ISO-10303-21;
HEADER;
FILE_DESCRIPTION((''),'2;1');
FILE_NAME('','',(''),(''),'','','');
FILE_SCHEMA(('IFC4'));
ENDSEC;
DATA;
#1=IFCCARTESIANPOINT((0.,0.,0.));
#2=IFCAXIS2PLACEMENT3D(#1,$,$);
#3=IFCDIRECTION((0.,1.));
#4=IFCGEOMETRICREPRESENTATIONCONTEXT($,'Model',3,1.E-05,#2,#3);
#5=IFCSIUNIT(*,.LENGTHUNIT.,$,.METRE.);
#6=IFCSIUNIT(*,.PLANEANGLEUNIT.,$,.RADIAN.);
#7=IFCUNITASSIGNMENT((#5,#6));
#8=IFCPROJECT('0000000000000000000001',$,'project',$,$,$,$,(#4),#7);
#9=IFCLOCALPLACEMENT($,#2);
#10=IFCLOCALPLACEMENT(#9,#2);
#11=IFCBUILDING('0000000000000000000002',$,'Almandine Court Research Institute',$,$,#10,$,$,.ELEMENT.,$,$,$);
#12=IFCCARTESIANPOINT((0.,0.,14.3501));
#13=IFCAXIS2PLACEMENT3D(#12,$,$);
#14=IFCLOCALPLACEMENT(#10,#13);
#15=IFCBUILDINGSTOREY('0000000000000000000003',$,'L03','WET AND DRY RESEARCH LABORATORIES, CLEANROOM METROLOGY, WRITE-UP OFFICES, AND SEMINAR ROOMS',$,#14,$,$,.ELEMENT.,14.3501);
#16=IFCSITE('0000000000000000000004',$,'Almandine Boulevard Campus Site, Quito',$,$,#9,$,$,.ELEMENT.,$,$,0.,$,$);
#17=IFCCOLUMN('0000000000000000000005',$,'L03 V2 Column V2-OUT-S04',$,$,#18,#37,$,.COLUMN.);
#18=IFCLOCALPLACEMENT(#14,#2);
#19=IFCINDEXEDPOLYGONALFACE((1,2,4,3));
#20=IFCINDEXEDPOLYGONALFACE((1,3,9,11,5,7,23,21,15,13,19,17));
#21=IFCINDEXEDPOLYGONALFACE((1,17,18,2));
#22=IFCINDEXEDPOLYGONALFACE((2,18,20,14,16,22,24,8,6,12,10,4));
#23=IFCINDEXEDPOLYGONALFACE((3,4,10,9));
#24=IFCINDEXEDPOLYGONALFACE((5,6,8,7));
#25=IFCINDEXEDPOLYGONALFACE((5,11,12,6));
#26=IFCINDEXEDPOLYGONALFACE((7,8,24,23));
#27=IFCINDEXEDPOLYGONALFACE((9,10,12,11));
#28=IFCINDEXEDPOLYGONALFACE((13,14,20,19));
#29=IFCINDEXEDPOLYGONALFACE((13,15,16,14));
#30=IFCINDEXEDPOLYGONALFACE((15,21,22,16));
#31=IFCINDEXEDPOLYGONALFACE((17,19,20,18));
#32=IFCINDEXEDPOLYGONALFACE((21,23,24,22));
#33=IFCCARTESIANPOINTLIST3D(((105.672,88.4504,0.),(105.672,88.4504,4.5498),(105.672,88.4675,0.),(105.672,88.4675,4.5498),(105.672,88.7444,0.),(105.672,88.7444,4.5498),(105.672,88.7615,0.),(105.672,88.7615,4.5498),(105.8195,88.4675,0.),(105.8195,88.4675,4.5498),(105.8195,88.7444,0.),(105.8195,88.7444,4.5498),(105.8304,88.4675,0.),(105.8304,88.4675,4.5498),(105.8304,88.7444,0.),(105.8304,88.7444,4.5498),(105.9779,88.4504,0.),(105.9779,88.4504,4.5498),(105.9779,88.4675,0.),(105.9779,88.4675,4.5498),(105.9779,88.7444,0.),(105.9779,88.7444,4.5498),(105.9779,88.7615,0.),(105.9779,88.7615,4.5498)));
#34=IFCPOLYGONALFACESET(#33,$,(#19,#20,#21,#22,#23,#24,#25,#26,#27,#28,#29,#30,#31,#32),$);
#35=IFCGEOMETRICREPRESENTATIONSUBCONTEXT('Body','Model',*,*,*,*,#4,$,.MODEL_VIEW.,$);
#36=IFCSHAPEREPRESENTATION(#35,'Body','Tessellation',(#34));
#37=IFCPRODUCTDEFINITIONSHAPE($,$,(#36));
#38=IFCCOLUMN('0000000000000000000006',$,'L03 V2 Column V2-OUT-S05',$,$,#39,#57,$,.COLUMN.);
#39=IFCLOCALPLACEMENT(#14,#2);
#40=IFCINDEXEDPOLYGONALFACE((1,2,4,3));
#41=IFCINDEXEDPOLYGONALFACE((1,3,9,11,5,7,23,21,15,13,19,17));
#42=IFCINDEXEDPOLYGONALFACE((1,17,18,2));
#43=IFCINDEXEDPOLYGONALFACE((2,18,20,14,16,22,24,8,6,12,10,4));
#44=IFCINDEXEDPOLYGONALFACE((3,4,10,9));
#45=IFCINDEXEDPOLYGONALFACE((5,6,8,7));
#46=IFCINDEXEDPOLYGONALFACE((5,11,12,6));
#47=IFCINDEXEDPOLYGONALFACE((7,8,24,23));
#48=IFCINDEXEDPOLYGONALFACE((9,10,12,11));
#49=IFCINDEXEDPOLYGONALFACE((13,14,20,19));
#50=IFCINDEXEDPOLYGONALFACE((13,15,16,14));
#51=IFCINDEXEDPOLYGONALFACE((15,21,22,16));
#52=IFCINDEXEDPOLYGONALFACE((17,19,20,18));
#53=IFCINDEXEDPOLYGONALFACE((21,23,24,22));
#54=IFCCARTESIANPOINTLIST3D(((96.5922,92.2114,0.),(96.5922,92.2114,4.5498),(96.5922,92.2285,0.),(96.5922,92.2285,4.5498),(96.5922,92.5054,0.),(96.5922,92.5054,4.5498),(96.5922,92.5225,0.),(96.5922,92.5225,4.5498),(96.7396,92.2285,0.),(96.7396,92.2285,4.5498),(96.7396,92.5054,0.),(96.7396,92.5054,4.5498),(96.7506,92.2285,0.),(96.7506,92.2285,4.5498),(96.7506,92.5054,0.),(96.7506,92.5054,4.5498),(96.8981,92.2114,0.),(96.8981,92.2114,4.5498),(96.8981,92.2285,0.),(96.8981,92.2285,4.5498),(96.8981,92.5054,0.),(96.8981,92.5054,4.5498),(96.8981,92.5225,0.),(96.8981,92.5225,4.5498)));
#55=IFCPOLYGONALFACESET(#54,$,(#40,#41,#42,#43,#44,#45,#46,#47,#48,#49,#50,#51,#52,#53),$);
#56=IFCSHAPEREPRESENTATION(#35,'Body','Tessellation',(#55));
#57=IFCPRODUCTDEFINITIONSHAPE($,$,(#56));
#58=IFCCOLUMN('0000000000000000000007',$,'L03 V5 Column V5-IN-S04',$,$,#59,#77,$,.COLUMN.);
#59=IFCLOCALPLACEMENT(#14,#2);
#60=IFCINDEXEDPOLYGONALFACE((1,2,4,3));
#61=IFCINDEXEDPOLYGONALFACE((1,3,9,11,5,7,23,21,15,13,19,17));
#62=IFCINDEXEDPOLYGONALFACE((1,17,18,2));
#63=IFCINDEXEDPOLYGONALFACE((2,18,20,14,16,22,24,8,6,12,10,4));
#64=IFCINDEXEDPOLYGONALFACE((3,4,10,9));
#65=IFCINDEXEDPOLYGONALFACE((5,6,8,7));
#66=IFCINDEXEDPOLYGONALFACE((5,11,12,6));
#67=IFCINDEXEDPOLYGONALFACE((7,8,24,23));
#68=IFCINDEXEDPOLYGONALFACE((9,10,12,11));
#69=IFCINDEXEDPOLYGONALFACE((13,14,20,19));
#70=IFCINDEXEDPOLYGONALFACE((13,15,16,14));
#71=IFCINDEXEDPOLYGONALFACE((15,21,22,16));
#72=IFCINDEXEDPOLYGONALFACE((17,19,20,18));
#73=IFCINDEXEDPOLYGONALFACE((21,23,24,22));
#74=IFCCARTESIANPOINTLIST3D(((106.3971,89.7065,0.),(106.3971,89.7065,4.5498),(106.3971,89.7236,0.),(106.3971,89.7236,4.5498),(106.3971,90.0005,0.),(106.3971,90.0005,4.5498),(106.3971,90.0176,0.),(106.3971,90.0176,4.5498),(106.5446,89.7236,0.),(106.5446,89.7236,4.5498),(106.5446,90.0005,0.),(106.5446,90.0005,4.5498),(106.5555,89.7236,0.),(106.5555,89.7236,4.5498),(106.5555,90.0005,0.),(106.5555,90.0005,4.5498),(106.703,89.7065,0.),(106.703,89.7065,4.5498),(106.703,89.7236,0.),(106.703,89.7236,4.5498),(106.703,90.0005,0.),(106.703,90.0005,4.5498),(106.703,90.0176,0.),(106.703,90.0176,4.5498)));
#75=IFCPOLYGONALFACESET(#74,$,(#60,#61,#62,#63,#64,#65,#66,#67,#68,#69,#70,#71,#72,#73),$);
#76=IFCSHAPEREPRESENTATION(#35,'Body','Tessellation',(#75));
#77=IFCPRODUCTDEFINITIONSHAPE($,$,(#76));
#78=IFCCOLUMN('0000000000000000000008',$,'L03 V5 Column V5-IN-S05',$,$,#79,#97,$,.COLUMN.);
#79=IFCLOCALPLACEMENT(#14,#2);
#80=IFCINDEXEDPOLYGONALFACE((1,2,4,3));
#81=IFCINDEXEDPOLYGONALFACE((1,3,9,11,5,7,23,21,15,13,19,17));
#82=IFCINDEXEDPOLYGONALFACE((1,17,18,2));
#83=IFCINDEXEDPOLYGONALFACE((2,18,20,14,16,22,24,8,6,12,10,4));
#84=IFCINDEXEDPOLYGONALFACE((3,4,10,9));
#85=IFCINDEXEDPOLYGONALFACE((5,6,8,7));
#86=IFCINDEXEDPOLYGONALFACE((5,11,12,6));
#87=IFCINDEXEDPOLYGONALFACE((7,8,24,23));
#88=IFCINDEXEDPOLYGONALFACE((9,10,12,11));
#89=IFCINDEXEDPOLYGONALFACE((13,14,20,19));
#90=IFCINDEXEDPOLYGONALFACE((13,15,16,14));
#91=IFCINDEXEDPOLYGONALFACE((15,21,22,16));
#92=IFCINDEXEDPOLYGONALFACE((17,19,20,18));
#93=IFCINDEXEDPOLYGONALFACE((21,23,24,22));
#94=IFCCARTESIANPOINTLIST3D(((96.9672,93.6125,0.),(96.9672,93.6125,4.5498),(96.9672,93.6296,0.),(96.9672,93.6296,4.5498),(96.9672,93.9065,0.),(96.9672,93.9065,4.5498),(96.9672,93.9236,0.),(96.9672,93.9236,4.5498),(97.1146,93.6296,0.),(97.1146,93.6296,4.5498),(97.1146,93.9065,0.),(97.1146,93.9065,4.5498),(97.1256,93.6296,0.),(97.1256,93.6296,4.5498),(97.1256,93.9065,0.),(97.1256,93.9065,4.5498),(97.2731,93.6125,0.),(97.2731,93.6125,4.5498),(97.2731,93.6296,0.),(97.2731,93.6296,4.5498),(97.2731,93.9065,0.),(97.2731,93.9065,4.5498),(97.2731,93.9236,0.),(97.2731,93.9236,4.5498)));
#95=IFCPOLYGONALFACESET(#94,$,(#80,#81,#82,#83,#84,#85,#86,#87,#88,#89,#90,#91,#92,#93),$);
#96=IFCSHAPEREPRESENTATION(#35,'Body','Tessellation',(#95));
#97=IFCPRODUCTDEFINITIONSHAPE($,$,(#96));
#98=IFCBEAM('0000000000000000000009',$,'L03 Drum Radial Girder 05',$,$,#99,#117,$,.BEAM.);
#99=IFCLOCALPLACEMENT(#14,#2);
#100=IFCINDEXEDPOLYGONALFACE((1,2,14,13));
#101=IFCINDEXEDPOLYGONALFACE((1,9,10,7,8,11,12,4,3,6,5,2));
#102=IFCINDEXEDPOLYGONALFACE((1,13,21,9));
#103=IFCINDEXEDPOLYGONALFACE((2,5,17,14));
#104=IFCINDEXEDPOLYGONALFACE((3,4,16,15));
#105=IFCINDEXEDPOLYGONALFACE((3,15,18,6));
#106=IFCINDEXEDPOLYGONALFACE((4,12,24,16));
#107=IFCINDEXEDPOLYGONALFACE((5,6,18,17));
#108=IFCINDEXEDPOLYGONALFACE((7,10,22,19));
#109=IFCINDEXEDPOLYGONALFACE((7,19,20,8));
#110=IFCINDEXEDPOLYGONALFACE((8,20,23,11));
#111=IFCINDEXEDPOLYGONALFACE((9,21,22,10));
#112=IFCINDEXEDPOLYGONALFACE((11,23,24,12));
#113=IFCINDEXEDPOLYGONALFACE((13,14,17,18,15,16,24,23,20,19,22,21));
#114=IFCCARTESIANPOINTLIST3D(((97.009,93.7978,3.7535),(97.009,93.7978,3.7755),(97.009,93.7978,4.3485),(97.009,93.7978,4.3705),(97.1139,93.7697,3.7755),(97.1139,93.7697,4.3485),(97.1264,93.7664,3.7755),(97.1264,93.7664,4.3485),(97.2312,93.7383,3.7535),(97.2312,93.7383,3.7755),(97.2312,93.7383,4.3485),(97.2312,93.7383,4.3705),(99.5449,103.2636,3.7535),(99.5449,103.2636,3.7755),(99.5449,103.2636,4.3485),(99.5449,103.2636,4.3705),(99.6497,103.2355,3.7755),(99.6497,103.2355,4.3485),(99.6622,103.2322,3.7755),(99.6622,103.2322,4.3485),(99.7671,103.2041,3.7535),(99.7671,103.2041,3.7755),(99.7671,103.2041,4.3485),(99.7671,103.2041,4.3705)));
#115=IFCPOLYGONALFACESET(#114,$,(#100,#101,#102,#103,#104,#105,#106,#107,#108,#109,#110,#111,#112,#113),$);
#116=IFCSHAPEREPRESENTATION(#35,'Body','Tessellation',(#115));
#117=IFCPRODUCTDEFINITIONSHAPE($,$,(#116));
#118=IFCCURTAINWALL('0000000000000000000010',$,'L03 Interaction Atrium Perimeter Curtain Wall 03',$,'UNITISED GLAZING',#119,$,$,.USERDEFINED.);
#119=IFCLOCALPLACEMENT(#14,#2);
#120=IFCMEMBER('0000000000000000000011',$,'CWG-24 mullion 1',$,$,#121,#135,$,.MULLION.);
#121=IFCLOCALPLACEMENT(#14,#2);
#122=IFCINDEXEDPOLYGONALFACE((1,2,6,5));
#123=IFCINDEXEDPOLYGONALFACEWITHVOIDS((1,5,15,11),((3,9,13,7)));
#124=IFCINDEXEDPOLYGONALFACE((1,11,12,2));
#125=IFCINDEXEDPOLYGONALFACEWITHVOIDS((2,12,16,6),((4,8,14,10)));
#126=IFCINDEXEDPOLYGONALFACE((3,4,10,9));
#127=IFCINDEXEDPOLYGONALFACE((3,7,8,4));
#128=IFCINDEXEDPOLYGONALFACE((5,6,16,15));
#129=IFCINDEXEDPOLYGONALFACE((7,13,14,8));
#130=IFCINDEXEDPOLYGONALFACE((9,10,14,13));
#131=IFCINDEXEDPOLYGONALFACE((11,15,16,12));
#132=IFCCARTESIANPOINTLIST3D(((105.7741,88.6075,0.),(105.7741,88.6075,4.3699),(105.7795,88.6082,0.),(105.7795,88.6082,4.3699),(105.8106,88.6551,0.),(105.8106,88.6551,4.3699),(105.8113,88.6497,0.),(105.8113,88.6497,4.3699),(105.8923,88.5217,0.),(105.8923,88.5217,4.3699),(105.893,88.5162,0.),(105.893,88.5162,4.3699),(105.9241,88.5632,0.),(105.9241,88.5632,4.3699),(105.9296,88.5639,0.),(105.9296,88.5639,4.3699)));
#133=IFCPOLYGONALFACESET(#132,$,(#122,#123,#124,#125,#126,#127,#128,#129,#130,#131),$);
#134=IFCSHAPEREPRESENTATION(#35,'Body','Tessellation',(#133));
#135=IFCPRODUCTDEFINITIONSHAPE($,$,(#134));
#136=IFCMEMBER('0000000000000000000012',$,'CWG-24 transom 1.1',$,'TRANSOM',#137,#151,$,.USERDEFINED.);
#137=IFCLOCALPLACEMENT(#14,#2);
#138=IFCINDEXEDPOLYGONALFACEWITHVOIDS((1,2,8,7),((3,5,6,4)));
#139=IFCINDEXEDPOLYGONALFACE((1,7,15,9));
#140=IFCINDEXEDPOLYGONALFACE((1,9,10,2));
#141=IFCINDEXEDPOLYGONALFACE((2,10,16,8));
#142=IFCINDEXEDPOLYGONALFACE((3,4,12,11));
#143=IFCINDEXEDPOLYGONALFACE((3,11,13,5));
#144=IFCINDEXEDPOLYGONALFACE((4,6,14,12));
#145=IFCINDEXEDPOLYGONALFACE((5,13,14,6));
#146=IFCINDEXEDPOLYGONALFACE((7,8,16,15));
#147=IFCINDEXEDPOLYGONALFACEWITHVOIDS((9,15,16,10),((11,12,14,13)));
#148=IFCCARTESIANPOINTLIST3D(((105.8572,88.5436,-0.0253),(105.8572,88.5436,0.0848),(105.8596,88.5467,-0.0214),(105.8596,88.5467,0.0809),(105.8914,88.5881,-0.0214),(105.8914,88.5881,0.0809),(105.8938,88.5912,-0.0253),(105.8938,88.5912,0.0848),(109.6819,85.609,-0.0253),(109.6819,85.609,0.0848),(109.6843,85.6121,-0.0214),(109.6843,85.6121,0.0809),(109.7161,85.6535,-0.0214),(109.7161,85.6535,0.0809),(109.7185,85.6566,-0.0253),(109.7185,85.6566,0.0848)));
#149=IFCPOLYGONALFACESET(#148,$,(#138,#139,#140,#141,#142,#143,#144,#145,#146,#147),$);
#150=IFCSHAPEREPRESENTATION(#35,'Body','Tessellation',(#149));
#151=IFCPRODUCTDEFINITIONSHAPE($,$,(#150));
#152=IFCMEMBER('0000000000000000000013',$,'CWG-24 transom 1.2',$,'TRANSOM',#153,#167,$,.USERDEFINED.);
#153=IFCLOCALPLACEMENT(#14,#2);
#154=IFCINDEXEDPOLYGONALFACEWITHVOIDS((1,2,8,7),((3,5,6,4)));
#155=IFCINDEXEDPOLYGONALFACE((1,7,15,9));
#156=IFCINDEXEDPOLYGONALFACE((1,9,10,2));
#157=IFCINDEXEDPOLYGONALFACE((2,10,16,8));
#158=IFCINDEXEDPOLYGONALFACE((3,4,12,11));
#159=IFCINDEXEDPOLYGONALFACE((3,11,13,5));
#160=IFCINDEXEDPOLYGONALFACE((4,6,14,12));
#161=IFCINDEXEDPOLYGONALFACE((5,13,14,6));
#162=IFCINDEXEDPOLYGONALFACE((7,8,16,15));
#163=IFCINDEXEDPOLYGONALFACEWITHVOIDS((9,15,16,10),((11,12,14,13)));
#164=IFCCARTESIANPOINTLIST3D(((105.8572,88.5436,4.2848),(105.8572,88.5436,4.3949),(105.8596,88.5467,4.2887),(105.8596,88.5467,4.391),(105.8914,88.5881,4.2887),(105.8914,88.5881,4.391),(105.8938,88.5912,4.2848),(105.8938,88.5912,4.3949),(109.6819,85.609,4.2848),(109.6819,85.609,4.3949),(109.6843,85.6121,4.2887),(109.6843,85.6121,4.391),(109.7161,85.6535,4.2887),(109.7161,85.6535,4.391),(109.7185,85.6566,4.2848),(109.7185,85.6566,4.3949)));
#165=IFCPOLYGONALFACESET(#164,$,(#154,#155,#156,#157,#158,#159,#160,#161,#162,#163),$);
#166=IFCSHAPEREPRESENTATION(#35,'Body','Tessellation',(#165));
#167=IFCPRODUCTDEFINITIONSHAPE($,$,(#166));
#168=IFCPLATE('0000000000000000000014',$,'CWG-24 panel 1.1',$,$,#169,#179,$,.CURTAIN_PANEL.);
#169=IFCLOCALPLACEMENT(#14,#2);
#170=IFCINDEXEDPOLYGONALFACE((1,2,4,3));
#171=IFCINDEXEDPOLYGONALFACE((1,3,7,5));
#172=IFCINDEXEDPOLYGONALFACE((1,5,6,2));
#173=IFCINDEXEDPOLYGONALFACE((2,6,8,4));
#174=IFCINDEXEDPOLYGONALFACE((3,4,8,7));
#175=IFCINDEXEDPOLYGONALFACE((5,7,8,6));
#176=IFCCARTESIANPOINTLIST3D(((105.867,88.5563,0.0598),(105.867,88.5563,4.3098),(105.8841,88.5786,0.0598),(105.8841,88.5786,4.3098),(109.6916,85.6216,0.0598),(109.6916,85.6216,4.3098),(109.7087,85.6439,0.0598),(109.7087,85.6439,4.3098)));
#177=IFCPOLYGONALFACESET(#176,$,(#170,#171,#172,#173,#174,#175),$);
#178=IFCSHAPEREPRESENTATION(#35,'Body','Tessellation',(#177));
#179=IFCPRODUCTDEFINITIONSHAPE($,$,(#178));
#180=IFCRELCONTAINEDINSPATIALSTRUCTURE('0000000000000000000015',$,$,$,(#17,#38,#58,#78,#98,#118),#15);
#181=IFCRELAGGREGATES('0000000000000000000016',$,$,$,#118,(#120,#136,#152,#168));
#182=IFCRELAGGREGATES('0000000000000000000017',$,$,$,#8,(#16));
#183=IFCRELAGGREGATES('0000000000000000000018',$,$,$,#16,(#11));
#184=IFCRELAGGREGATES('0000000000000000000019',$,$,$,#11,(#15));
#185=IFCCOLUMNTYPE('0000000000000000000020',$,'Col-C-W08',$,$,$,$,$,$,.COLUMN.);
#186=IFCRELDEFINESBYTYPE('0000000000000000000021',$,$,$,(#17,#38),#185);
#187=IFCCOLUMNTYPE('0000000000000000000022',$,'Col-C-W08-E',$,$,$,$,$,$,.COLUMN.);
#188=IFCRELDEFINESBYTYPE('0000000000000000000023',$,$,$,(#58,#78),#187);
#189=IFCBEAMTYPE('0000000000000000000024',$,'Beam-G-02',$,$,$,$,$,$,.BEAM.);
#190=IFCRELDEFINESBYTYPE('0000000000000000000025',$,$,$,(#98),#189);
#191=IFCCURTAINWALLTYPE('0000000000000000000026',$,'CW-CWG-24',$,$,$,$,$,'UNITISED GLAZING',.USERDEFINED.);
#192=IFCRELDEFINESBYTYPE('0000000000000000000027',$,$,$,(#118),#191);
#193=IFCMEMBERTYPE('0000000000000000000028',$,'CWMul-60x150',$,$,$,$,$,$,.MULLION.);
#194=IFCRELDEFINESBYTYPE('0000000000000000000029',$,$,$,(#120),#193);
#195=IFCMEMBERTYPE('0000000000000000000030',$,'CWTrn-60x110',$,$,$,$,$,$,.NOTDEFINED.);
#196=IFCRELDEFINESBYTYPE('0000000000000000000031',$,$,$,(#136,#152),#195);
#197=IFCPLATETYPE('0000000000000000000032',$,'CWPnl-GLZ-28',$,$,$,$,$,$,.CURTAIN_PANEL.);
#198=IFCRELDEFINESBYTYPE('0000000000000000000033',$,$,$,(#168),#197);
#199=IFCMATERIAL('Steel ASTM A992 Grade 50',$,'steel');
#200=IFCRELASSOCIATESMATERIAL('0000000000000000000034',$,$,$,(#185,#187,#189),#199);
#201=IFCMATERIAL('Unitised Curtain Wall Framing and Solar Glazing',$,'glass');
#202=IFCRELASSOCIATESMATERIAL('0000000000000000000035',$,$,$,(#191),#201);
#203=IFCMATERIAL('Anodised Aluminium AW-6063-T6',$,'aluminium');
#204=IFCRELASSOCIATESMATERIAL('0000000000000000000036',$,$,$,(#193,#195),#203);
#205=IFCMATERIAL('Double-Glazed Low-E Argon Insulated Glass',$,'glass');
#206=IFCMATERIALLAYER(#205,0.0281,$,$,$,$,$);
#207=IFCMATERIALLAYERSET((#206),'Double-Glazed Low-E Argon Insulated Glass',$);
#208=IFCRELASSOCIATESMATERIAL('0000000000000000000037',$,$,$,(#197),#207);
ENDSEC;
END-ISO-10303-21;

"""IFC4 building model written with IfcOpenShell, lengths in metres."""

from ifc_helpers import new_model, si_unit, direction, frame, origin, origin_2d, place, context, subcontext, project, spatial, rectangle, hollow_rectangle, i_section, extrude, material, layer, layer_set, material_profile, profile_set, type_object, element, aggregate, save


model = new_model("IFC4")

# Units and contexts
model_context = context("Model", 3, precision=1e-05, world=origin(), true_north=direction((0.0, 1.0)))
body_context = subcontext(model_context, "Body", "Model", "MODEL_VIEW")
ifc_project = project(units=[si_unit("LENGTHUNIT", "METRE"), si_unit("PLANEANGLEUNIT", "RADIAN")], contexts=[model_context])

# Site, building, storey
site_placement = place(None, origin())
site = spatial("IfcSite", under=ifc_project, at=site_placement, Name="Almandine Boulevard Campus Site, Quito", CompositionType="ELEMENT", RefElevation=0.0)
building_placement = place(site_placement, origin())
building = spatial("IfcBuilding", under=site, at=building_placement, Name="Almandine Court Research Institute", CompositionType="ELEMENT")
storey_placement = place(building_placement, frame((0.0, 0.0, 14.3501)))
storey = spatial("IfcBuildingStorey", under=building, at=storey_placement, Name="L03", Description="WET AND DRY RESEARCH LABORATORIES, CLEANROOM METROLOGY, WRITE-UP OFFICES, AND SEMINAR ROOMS", CompositionType="ELEMENT", Elevation=14.3501)

# Columns
ifc_material_1 = material(Name="Steel ASTM A992 Grade 50", Category="steel")
ifc_material_profile_1 = material_profile(ifc_material_1, i_section(OverallWidth=0.3059, OverallDepth=0.311, WebThickness=0.011, FlangeThickness=0.0171, at=origin_2d()), Name="W310x107")
ifc_profile_set_1 = profile_set([ifc_material_profile_1], Name="Steel ASTM A992 Grade 50")
column_type_1 = type_object("IfcColumnType", Name="Col-C-W08", PredefinedType="COLUMN", material=ifc_profile_set_1)
for number, where, z_axis, x_axis, name in (
    (1, (105.825, 88.606, 0.0), (0.0, 0.0, 1.0), (1.0, 0.0, 0.0), "L03 V2 Column V2-OUT-S04"),
    (2, (96.7451, 92.3669, 0.0), (0.0, 0.0, 1.0), (1.0, 0.0, 0.0), "L03 V2 Column V2-OUT-S05"),
):
    element("IfcColumn", number, at=place(storey_placement, frame(where, z_axis=z_axis, x_axis=x_axis)), inside=storey, type_object=column_type_1, Name=name, PredefinedType="COLUMN", context=body_context, shape_type="SweptSolid", body=[
        extrude(i_section(OverallWidth=0.3059, OverallDepth=0.311, WebThickness=0.011, FlangeThickness=0.0171, at=origin_2d()), origin(), (0.0, 0.0, 1.0), 4.5498),
    ])
ifc_material_profile_2 = material_profile(ifc_material_1, i_section(OverallWidth=0.3059, OverallDepth=0.311, WebThickness=0.011, FlangeThickness=0.0171, at=origin_2d()), Name="W310x107")
ifc_profile_set_2 = profile_set([ifc_material_profile_2], Name="Steel ASTM A992 Grade 50")
column_type_2 = type_object("IfcColumnType", Name="Col-C-W08-E", PredefinedType="COLUMN", material=ifc_profile_set_2)
for number, where, z_axis, x_axis, name in (
    (3, (106.55, 89.8621, 0.0), (0.0, 0.0, 1.0), (1.0, 0.0, 0.0), "L03 V5 Column V5-IN-S04"),
    (4, (97.1201, 93.7681, 0.0), (0.0, 0.0, 1.0), (1.0, 0.0, 0.0), "L03 V5 Column V5-IN-S05"),
):
    element("IfcColumn", number, at=place(storey_placement, frame(where, z_axis=z_axis, x_axis=x_axis)), inside=storey, type_object=column_type_2, Name=name, PredefinedType="COLUMN", context=body_context, shape_type="SweptSolid", body=[
        extrude(i_section(OverallWidth=0.3059, OverallDepth=0.311, WebThickness=0.011, FlangeThickness=0.0171, at=origin_2d()), origin(), (0.0, 0.0, 1.0), 4.5498),
    ])

# Beam
ifc_material_profile_3 = material_profile(ifc_material_1, i_section(OverallWidth=0.23, OverallDepth=0.6169, WebThickness=0.0129, FlangeThickness=0.022, at=origin_2d()), Name="W610x140")
ifc_profile_set_3 = profile_set([ifc_material_profile_3], Name="Steel ASTM A992 Grade 50")
beam_type = type_object("IfcBeamType", Name="Beam-G-02", PredefinedType="BEAM", material=ifc_profile_set_3)
beam_placement = place(storey_placement, frame((97.1201, 93.7681, 4.062), z_axis=(0.258774, 0.965938, 0.0), x_axis=(-0.965938, 0.258774, 0.0)))
element("IfcBeam", 5, at=beam_placement, inside=storey, type_object=beam_type, Name="L03 Drum Radial Girder 05", PredefinedType="BEAM", context=body_context, shape_type="SweptSolid", body=[
    extrude(i_section(OverallWidth=0.23, OverallDepth=0.6169, WebThickness=0.0129, FlangeThickness=0.022, at=origin_2d()), origin(), (0.0, 0.0, 1.0), 9.7996),
])

# Curtain wall, members, plate
ifc_material_2 = material(Name="Unitised Curtain Wall Framing and Solar Glazing", Category="glass")
curtain_wall_type = type_object("IfcCurtainWallType", Name="CW-CWG-24", ElementType="UNITISED GLAZING", PredefinedType="USERDEFINED", material=ifc_material_2)
curtain_wall_placement = place(storey_placement, origin())
curtain_wall = element("IfcCurtainWall", 6, at=curtain_wall_placement, inside=storey, type_object=curtain_wall_type, Name="L03 Interaction Atrium Perimeter Curtain Wall 03", ObjectType="UNITISED GLAZING", PredefinedType="USERDEFINED")
ifc_material_3 = material(Name="Anodised Aluminium AW-6063-T6", Category="aluminium")
ifc_material_profile_4 = material_profile(ifc_material_3, hollow_rectangle(XDim=0.0601, YDim=0.1499, WallThickness=0.0039, at=origin_2d()), Name="ALU RHS 60x150x4")
ifc_profile_set_4 = profile_set([ifc_material_profile_4], Name="Anodised Aluminium AW-6063-T6")
member_type_1 = type_object("IfcMemberType", Name="CWMul-60x150", PredefinedType="MULLION", material=ifc_profile_set_4)
member_1_placement = place(storey_placement, frame((105.8518, 88.5857, 0.0), z_axis=(0.0, 0.0, 1.0), x_axis=(0.608761, 0.793354, 0.0)))
member_1 = element("IfcMember", 7, at=member_1_placement, type_object=member_type_1, Name="CWG-24 mullion 1", PredefinedType="MULLION", context=body_context, shape_type="SweptSolid", body=[
    extrude(hollow_rectangle(XDim=0.0601, YDim=0.1499, WallThickness=0.0039, at=origin_2d()), origin(), (0.0, 0.0, 1.0), 4.3699),
])
ifc_material_profile_5 = material_profile(ifc_material_3, hollow_rectangle(XDim=0.0601, YDim=0.1101, WallThickness=0.0039, at=origin_2d()), Name="ALU RHS 60x110x4")
ifc_profile_set_5 = profile_set([ifc_material_profile_5], Name="Anodised Aluminium AW-6063-T6")
member_type_2 = type_object("IfcMemberType", Name="CWTrn-60x110", PredefinedType="NOTDEFINED", material=ifc_profile_set_5)
member_2_placement = place(storey_placement, frame((105.8755, 88.5674, 0.0298), z_axis=(0.793376, -0.608731, 0.0), x_axis=(0.608731, 0.793376, 0.0)))
member_2 = element("IfcMember", 8, at=member_2_placement, type_object=member_type_2, Name="CWG-24 transom 1.1", ObjectType="TRANSOM", PredefinedType="USERDEFINED", context=body_context, shape_type="SweptSolid", body=[
    extrude(hollow_rectangle(XDim=0.0601, YDim=0.1101, WallThickness=0.0039, at=origin_2d()), origin(), (0.0, 0.0, 1.0), 4.8208),
])
member_3_placement = place(storey_placement, frame((105.8755, 88.5674, 4.3398), z_axis=(0.793376, -0.608731, 0.0), x_axis=(0.608731, 0.793376, 0.0)))
member_3 = element("IfcMember", 9, at=member_3_placement, type_object=member_type_2, Name="CWG-24 transom 1.2", ObjectType="TRANSOM", PredefinedType="USERDEFINED", context=body_context, shape_type="SweptSolid", body=[
    extrude(hollow_rectangle(XDim=0.0601, YDim=0.1101, WallThickness=0.0039, at=origin_2d()), origin(), (0.0, 0.0, 1.0), 4.8208),
])
ifc_material_4 = material(Name="Double-Glazed Low-E Argon Insulated Glass", Category="glass")
ifc_layer_1 = layer(ifc_material_4, 0.0281)
ifc_layer_set_1 = layer_set([ifc_layer_1], Name="Double-Glazed Low-E Argon Insulated Glass")
plate_type = type_object("IfcPlateType", Name="CWPnl-GLZ-28", PredefinedType="CURTAIN_PANEL", material=ifc_layer_set_1)
plate_placement = place(storey_placement, frame((107.7878, 87.1001, 0.0598), z_axis=(0.0, 0.0, 1.0), x_axis=(0.793354, -0.608761, 0.0)))
plate = element("IfcPlate", 10, at=plate_placement, type_object=plate_type, Name="CWG-24 panel 1.1", PredefinedType="CURTAIN_PANEL", context=body_context, shape_type="SweptSolid", body=[
    extrude(rectangle(XDim=4.8208, YDim=0.0281, at=origin_2d()), origin(), (0.0, 0.0, 1.0), 4.25),
])
aggregate(curtain_wall, [member_1, member_2, member_3, plate])

save(model, "model.ifc")
